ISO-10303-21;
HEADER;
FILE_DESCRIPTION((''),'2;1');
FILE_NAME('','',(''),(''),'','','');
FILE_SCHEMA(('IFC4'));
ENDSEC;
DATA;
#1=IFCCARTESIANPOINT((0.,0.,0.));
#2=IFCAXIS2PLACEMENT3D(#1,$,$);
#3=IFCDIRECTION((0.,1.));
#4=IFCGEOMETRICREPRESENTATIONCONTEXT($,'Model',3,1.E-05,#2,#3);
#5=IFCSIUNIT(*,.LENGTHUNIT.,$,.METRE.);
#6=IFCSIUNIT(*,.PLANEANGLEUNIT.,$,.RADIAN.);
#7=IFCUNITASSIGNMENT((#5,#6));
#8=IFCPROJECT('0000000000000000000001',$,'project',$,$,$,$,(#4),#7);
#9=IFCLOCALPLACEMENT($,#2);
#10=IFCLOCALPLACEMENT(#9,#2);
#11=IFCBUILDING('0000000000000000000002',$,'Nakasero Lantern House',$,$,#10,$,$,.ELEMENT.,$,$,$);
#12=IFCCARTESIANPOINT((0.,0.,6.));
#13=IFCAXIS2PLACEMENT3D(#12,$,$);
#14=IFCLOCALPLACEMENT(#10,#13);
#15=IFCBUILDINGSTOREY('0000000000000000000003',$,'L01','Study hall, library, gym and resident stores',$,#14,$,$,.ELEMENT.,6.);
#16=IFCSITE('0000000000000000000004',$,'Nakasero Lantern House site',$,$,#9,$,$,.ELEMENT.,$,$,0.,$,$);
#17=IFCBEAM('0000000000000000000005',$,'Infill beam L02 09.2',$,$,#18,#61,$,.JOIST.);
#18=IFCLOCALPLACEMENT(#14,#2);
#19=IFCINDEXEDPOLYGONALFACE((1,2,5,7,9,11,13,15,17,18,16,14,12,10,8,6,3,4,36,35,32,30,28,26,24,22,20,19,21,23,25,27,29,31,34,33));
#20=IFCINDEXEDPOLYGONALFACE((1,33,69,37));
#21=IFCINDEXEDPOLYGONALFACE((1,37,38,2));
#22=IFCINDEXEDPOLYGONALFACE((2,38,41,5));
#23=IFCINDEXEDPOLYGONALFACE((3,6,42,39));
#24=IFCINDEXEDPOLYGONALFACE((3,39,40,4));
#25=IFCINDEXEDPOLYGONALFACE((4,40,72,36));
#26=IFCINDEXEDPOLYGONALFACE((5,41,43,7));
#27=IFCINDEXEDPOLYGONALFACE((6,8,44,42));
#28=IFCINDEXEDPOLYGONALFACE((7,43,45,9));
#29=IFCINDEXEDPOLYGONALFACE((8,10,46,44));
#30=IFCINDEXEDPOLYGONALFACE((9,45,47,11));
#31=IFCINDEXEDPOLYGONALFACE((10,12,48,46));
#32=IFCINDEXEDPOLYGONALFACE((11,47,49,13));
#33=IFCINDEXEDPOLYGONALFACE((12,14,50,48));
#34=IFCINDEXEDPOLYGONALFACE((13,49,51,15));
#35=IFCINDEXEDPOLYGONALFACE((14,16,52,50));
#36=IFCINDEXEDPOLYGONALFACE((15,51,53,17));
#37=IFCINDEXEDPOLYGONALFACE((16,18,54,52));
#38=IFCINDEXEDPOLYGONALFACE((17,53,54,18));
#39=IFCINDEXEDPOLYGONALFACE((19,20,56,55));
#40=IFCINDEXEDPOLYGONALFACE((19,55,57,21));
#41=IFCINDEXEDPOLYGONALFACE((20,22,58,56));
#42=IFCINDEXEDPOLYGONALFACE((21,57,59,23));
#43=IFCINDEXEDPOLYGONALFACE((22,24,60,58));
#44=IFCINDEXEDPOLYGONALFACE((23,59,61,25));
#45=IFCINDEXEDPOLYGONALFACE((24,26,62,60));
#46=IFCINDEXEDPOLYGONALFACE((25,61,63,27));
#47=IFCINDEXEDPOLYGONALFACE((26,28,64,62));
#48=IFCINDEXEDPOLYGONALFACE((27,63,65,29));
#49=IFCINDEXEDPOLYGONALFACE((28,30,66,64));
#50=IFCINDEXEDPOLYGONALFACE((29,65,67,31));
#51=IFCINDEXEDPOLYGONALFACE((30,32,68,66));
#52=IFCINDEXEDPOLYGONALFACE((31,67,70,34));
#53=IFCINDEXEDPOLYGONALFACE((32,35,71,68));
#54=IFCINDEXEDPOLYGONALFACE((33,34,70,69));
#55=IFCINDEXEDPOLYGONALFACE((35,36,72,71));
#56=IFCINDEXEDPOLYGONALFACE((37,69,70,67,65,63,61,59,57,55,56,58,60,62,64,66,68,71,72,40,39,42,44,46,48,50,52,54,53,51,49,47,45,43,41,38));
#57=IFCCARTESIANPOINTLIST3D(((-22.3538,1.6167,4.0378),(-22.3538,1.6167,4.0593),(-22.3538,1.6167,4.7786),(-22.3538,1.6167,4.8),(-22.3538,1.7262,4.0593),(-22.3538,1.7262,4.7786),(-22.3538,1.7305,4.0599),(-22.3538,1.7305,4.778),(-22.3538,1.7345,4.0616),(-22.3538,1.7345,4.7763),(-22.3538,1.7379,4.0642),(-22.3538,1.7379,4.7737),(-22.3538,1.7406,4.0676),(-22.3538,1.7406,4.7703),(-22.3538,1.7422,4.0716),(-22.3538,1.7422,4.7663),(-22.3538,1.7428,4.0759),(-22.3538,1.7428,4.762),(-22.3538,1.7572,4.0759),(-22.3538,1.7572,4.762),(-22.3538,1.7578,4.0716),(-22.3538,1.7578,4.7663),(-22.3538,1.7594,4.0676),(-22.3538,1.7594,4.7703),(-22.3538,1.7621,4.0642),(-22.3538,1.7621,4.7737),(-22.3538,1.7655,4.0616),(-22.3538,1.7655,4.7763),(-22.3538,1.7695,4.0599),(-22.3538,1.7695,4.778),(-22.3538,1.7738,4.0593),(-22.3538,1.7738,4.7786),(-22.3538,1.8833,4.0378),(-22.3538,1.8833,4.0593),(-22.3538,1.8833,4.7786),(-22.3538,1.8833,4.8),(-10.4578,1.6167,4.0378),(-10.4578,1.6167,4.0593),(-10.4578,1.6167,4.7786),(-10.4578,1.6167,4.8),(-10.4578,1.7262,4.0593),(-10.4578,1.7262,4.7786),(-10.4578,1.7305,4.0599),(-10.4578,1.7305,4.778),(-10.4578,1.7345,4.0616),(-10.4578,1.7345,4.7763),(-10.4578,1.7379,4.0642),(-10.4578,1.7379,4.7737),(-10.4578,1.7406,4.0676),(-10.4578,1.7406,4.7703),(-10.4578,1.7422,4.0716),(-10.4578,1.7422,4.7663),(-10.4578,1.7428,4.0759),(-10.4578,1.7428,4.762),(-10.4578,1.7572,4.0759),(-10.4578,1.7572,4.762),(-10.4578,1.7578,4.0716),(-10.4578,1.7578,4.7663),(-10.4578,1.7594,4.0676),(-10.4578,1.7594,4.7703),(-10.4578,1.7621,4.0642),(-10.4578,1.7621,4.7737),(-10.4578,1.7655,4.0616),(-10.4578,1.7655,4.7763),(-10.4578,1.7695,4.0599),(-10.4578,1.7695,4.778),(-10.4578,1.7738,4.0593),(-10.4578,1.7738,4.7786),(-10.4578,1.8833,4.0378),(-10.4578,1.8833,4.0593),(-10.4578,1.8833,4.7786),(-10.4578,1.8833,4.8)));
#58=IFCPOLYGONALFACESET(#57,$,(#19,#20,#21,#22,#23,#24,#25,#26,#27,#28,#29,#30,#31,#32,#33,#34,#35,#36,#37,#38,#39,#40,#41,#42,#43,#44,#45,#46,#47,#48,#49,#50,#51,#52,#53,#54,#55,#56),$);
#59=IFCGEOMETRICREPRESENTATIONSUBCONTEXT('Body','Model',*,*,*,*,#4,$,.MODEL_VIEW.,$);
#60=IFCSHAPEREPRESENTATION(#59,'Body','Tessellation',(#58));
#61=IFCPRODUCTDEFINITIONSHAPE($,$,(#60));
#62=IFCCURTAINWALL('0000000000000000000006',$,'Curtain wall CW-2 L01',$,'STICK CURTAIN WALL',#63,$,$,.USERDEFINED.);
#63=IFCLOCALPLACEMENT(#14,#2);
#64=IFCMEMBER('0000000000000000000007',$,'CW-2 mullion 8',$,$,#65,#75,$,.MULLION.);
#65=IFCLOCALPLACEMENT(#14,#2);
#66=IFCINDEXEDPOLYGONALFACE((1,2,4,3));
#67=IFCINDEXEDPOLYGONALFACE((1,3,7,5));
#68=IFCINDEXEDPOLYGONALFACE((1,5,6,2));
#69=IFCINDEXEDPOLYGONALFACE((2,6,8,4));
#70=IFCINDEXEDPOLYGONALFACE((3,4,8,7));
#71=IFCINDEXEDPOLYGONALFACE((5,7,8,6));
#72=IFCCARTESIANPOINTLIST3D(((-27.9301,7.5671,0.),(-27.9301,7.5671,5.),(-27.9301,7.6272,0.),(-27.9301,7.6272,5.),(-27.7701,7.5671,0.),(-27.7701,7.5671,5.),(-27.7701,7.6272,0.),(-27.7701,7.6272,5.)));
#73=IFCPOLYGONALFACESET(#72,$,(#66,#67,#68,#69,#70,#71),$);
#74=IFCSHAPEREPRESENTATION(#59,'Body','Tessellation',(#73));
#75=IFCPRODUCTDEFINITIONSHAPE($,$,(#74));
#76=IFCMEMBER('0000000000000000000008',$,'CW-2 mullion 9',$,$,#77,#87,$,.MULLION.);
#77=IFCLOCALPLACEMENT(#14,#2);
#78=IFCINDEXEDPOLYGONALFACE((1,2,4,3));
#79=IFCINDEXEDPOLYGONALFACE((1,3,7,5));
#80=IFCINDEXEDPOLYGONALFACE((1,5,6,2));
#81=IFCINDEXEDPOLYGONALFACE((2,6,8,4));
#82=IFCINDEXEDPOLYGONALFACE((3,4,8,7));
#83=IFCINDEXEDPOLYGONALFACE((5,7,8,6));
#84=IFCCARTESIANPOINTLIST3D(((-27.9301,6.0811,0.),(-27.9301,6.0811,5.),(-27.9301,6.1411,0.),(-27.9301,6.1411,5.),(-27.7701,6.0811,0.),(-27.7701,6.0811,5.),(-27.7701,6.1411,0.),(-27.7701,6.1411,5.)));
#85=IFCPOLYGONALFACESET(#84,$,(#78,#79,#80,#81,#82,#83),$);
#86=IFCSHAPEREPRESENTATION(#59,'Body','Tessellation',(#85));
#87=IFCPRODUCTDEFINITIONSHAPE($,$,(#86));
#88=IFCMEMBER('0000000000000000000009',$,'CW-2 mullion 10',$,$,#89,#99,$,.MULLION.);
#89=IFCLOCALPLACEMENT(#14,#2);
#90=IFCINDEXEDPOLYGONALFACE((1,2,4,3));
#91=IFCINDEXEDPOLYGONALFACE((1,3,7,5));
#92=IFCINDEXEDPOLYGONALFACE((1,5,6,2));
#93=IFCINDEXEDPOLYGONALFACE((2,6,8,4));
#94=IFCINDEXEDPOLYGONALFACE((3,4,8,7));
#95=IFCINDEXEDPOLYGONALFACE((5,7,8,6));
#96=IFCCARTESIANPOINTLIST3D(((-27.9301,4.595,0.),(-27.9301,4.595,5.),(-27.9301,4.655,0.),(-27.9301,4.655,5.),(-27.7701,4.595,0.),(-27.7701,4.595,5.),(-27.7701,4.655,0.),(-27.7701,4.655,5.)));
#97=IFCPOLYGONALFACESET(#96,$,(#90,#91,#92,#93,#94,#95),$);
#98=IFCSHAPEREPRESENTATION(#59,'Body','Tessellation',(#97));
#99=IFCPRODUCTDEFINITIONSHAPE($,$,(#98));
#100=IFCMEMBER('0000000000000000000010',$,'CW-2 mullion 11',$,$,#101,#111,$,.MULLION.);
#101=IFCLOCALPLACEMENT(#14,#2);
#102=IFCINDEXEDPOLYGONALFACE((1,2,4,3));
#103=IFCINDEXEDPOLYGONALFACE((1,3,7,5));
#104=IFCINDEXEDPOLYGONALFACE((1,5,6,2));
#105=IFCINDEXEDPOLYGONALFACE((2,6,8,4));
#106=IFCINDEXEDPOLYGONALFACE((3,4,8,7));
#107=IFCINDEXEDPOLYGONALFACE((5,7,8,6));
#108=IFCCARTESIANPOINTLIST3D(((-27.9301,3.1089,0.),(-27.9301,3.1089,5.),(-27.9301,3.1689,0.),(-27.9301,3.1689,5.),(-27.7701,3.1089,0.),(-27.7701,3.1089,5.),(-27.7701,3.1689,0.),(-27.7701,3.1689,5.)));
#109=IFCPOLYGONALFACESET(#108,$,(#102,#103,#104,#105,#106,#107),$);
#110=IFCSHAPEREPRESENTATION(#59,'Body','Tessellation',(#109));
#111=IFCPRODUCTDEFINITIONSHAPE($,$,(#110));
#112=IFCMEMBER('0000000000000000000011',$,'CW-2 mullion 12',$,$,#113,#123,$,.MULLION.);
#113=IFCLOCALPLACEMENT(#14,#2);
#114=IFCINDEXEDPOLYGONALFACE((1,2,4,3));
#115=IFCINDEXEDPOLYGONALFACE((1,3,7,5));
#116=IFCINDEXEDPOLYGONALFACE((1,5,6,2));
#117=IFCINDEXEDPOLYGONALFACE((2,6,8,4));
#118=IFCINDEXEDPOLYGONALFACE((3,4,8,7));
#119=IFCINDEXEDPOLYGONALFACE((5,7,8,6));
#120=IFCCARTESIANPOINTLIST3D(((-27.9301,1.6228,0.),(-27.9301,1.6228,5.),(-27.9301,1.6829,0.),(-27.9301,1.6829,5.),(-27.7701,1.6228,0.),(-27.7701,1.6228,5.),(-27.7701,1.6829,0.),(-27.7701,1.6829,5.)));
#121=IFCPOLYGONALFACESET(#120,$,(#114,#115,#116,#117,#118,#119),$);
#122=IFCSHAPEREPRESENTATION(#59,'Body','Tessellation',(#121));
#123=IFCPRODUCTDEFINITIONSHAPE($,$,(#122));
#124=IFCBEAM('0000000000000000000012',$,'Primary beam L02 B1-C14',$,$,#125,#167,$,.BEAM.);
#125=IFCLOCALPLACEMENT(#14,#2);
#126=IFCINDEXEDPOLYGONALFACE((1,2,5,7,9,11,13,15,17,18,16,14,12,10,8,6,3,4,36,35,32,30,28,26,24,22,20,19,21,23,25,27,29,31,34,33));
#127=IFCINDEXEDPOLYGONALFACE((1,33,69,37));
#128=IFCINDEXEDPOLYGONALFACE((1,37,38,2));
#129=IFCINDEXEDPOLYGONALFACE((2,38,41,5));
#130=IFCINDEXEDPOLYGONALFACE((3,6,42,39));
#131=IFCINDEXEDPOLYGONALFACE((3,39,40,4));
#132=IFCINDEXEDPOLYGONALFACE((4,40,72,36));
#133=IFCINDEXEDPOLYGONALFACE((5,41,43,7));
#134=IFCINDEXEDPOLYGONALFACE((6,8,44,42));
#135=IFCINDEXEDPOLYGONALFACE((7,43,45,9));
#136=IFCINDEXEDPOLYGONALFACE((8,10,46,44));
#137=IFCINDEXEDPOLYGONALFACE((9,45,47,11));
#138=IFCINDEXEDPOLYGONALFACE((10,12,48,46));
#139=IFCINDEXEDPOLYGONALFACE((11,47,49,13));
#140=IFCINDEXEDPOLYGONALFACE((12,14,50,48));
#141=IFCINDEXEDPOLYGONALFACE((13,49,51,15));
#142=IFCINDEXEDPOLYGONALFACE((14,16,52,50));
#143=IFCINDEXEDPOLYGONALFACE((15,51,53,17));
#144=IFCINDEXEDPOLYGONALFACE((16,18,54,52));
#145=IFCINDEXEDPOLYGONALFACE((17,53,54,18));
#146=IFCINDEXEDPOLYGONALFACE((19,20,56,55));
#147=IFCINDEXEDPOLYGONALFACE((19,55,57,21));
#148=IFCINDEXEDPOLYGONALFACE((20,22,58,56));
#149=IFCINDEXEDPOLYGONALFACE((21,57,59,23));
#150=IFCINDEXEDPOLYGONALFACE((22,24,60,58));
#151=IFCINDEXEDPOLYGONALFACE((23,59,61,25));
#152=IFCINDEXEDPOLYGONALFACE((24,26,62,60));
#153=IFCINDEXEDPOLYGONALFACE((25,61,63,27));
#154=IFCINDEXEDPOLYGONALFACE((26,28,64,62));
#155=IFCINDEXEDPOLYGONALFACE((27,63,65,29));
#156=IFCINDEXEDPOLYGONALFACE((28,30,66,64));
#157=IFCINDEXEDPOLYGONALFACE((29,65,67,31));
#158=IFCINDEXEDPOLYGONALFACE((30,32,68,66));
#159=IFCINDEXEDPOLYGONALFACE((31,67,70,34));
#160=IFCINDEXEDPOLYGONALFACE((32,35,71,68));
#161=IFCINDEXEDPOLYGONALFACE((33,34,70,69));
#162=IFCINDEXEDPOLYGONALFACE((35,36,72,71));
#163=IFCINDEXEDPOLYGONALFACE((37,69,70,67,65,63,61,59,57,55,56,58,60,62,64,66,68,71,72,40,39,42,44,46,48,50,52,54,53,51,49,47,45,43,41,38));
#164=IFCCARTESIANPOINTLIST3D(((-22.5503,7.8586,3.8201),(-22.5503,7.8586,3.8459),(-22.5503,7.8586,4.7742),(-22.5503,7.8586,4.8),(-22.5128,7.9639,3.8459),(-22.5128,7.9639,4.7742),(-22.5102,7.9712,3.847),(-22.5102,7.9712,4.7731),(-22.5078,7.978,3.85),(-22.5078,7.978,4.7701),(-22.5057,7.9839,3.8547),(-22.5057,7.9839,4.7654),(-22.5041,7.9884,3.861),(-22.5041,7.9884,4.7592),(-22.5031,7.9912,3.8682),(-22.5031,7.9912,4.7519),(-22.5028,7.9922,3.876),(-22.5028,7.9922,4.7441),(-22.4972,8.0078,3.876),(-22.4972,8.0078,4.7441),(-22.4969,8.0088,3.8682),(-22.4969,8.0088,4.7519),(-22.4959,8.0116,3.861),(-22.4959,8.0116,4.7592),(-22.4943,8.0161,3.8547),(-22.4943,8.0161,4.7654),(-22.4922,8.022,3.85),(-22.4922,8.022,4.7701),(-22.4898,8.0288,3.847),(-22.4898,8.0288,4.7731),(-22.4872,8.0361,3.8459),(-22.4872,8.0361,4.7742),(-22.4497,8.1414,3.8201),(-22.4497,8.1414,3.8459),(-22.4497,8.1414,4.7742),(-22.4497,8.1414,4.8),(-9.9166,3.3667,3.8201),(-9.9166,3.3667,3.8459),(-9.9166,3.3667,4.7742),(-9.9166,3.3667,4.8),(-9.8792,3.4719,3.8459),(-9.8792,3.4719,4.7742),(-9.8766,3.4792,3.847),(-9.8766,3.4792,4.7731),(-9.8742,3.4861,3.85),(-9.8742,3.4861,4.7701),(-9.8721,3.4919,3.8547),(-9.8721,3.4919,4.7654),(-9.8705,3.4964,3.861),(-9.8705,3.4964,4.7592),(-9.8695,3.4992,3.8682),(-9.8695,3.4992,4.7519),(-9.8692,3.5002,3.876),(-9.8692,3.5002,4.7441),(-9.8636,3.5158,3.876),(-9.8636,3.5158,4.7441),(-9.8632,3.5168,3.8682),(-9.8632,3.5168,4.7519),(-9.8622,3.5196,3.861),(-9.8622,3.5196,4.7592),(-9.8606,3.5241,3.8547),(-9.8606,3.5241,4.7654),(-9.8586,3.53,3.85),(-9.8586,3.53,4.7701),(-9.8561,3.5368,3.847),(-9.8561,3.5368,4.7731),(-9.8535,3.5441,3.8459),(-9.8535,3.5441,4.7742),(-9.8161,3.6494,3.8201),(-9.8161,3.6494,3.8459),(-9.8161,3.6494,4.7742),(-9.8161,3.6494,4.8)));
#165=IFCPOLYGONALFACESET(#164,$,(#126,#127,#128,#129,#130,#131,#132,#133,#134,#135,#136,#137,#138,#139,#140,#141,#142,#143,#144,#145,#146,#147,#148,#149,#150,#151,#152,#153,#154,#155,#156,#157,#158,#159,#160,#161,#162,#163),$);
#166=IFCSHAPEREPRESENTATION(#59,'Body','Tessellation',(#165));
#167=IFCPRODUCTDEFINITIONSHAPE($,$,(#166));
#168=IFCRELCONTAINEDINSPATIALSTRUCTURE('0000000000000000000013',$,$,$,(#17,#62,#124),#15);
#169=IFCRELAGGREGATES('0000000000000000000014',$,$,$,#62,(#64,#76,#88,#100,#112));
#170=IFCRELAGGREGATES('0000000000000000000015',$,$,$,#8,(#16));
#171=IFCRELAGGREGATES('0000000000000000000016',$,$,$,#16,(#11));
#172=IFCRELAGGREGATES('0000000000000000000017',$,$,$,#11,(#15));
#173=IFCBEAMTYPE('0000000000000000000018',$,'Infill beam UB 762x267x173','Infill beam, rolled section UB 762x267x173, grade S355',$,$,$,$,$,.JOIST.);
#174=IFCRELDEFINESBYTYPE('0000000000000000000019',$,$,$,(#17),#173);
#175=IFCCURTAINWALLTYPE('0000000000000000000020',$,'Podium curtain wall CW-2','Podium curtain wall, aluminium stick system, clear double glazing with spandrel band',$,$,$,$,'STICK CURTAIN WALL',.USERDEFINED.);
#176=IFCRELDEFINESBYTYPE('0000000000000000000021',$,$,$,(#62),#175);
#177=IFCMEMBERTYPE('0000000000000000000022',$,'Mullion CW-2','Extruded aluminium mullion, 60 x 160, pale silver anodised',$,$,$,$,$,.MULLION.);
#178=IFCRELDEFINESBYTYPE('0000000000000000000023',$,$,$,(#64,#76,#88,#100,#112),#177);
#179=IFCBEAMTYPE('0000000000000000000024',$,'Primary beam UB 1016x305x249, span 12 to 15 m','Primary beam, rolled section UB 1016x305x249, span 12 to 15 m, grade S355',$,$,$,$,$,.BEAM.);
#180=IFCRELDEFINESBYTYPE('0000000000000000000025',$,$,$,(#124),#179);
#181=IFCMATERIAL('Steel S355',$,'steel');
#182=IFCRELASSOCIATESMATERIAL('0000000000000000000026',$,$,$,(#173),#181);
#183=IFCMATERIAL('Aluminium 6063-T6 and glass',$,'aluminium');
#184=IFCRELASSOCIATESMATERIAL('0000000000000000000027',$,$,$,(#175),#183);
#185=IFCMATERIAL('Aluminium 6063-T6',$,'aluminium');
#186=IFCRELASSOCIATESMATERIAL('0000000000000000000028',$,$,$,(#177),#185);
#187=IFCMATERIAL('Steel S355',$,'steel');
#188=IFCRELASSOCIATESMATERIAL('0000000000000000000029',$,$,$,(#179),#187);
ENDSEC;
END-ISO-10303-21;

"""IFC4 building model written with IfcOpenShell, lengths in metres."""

from ifc_helpers import new_model, si_unit, direction, frame, origin, origin_2d, place, context, subcontext, project, spatial, rectangle, i_section, extrude, material, material_profile, profile_set, type_object, element, aggregate, save


model = new_model("IFC4")

# Units and contexts
model_context = context("Model", 3, precision=1e-05, world=origin(), true_north=direction((0.0, 1.0)))
body_context = subcontext(model_context, "Body", "Model", "MODEL_VIEW")
ifc_project = project(units=[si_unit("LENGTHUNIT", "METRE"), si_unit("PLANEANGLEUNIT", "RADIAN")], contexts=[model_context])

# Site, building, storey
site_placement = place(None, origin())
site = spatial("IfcSite", under=ifc_project, at=site_placement, Name="Nakasero Lantern House site", CompositionType="ELEMENT", RefElevation=0.0)
building_placement = place(site_placement, origin())
building = spatial("IfcBuilding", under=site, at=building_placement, Name="Nakasero Lantern House", CompositionType="ELEMENT")
storey_placement = place(building_placement, frame((0.0, 0.0, 6.0)))
storey = spatial("IfcBuildingStorey", under=building, at=storey_placement, Name="L01", Description="Study hall, library, gym and resident stores", CompositionType="ELEMENT", Elevation=6.0)

# Beam
ifc_material_1 = material(Name="Steel S355", Category="steel")
ifc_material_profile_1 = material_profile(ifc_material_1, i_section(OverallWidth=0.2666, OverallDepth=0.7622, WebThickness=0.0144, FlangeThickness=0.0215, FilletRadius=0.0166, at=origin_2d()), Name="UB 762x267x173")
ifc_profile_set_1 = profile_set([ifc_material_profile_1], Name="Steel S355")
beam_type_1 = type_object("IfcBeamType", Name="Infill beam UB 762x267x173", Description="Infill beam, rolled section UB 762x267x173, grade S355", PredefinedType="JOIST", material=ifc_profile_set_1)
beam_1_placement = place(storey_placement, frame((-22.3538, 1.75, 4.4189), z_axis=(1.0, 0.0, 0.0), x_axis=(0.0, 1.0, 0.0)))
element("IfcBeam", 1, at=beam_1_placement, inside=storey, type_object=beam_type_1, Name="Infill beam L02 09.2", PredefinedType="JOIST", context=body_context, shape_type="SweptSolid", body=[
    extrude(i_section(OverallWidth=0.2666, OverallDepth=0.7622, WebThickness=0.0144, FlangeThickness=0.0215, FilletRadius=0.0166, at=origin_2d()), origin(), (0.0, 0.0, 1.0), 11.896),
])

# Curtain wall, members
ifc_material_2 = material(Name="Aluminium 6063-T6 and glass", Category="aluminium")
curtain_wall_type = type_object("IfcCurtainWallType", Name="Podium curtain wall CW-2", Description="Podium curtain wall, aluminium stick system, clear double glazing with spandrel band", ElementType="STICK CURTAIN WALL", PredefinedType="USERDEFINED", material=ifc_material_2)
curtain_wall_placement = place(storey_placement, origin())
curtain_wall = element("IfcCurtainWall", 2, at=curtain_wall_placement, inside=storey, type_object=curtain_wall_type, Name="Curtain wall CW-2 L01", ObjectType="STICK CURTAIN WALL", PredefinedType="USERDEFINED")
ifc_material_3 = material(Name="Aluminium 6063-T6", Category="aluminium")
ifc_material_profile_2 = material_profile(ifc_material_3, rectangle(XDim=0.0601, YDim=0.1599, at=origin_2d()), Name="CW-2 mullion 60x160")
ifc_profile_set_2 = profile_set([ifc_material_profile_2], Name="Aluminium 6063-T6")
member_type_1 = type_object("IfcMemberType", Name="Mullion CW-2", Description="Extruded aluminium mullion, 60 x 160, pale silver anodised", PredefinedType="MULLION", material=ifc_profile_set_2)
member_1_placement = place(storey_placement, frame((-27.8501, 7.5972, 0.0), z_axis=(0.0, 0.0, 1.0), x_axis=(0.0, -1.0, 0.0)))
member_1 = element("IfcMember", 3, at=member_1_placement, type_object=member_type_1, Name="CW-2 mullion 8", PredefinedType="MULLION", context=body_context, shape_type="SweptSolid", body=[
    extrude(rectangle(XDim=0.0601, YDim=0.1599, at=origin_2d()), origin(), (0.0, 0.0, 1.0), 5.0),
])
member_2_placement = place(storey_placement, frame((-27.8501, 6.1111, 0.0), z_axis=(0.0, 0.0, 1.0), x_axis=(0.0, -1.0, 0.0)))
member_2 = element("IfcMember", 4, at=member_2_placement, type_object=member_type_1, Name="CW-2 mullion 9", PredefinedType="MULLION", context=body_context, shape_type="SweptSolid", body=[
    extrude(rectangle(XDim=0.0601, YDim=0.1599, at=origin_2d()), origin(), (0.0, 0.0, 1.0), 5.0),
])
member_3_placement = place(storey_placement, frame((-27.8501, 4.625, 0.0), z_axis=(0.0, 0.0, 1.0), x_axis=(0.0, -1.0, 0.0)))
member_3 = element("IfcMember", 5, at=member_3_placement, type_object=member_type_1, Name="CW-2 mullion 10", PredefinedType="MULLION", context=body_context, shape_type="SweptSolid", body=[
    extrude(rectangle(XDim=0.0601, YDim=0.1599, at=origin_2d()), origin(), (0.0, 0.0, 1.0), 5.0),
])
member_4_placement = place(storey_placement, frame((-27.8501, 3.1389, 0.0), z_axis=(0.0, 0.0, 1.0), x_axis=(0.0, -1.0, 0.0)))
member_4 = element("IfcMember", 6, at=member_4_placement, type_object=member_type_1, Name="CW-2 mullion 11", PredefinedType="MULLION", context=body_context, shape_type="SweptSolid", body=[
    extrude(rectangle(XDim=0.0601, YDim=0.1599, at=origin_2d()), origin(), (0.0, 0.0, 1.0), 5.0),
])
member_5_placement = place(storey_placement, frame((-27.8501, 1.6528, 0.0), z_axis=(0.0, 0.0, 1.0), x_axis=(0.0, -1.0, 0.0)))
member_5 = element("IfcMember", 7, at=member_5_placement, type_object=member_type_1, Name="CW-2 mullion 12", PredefinedType="MULLION", context=body_context, shape_type="SweptSolid", body=[
    extrude(rectangle(XDim=0.0601, YDim=0.1599, at=origin_2d()), origin(), (0.0, 0.0, 1.0), 5.0),
])

# Beam
ifc_material_4 = material(Name="Steel S355", Category="steel")
ifc_material_profile_3 = material_profile(ifc_material_4, i_section(OverallWidth=0.3, OverallDepth=0.98, WebThickness=0.0166, FlangeThickness=0.0259, FilletRadius=0.03, at=origin_2d()), Name="UB 1016x305x249")
ifc_profile_set_3 = profile_set([ifc_material_profile_3], Name="Steel S355")
beam_type_2 = type_object("IfcBeamType", Name="Primary beam UB 1016x305x249, span 12 to 15 m", Description="Primary beam, rolled section UB 1016x305x249, span 12 to 15 m, grade S355", PredefinedType="BEAM", material=ifc_profile_set_3)
beam_2_placement = place(storey_placement, frame((-22.5, 8.0, 4.3101), z_axis=(0.942214, -0.335011, 0.0), x_axis=(0.335011, 0.942214, 0.0)))
element("IfcBeam", 8, at=beam_2_placement, inside=storey, type_object=beam_type_2, Name="Primary beam L02 B1-C14", PredefinedType="BEAM", context=body_context, shape_type="SweptSolid", body=[
    extrude(i_section(OverallWidth=0.3, OverallDepth=0.98, WebThickness=0.0166, FlangeThickness=0.0259, FilletRadius=0.03, at=origin_2d()), origin(), (0.0, 0.0, 1.0), 13.4084),
])

aggregate(curtain_wall, [member_1, member_2, member_3, member_4, member_5])

save(model, "model.ifc")
